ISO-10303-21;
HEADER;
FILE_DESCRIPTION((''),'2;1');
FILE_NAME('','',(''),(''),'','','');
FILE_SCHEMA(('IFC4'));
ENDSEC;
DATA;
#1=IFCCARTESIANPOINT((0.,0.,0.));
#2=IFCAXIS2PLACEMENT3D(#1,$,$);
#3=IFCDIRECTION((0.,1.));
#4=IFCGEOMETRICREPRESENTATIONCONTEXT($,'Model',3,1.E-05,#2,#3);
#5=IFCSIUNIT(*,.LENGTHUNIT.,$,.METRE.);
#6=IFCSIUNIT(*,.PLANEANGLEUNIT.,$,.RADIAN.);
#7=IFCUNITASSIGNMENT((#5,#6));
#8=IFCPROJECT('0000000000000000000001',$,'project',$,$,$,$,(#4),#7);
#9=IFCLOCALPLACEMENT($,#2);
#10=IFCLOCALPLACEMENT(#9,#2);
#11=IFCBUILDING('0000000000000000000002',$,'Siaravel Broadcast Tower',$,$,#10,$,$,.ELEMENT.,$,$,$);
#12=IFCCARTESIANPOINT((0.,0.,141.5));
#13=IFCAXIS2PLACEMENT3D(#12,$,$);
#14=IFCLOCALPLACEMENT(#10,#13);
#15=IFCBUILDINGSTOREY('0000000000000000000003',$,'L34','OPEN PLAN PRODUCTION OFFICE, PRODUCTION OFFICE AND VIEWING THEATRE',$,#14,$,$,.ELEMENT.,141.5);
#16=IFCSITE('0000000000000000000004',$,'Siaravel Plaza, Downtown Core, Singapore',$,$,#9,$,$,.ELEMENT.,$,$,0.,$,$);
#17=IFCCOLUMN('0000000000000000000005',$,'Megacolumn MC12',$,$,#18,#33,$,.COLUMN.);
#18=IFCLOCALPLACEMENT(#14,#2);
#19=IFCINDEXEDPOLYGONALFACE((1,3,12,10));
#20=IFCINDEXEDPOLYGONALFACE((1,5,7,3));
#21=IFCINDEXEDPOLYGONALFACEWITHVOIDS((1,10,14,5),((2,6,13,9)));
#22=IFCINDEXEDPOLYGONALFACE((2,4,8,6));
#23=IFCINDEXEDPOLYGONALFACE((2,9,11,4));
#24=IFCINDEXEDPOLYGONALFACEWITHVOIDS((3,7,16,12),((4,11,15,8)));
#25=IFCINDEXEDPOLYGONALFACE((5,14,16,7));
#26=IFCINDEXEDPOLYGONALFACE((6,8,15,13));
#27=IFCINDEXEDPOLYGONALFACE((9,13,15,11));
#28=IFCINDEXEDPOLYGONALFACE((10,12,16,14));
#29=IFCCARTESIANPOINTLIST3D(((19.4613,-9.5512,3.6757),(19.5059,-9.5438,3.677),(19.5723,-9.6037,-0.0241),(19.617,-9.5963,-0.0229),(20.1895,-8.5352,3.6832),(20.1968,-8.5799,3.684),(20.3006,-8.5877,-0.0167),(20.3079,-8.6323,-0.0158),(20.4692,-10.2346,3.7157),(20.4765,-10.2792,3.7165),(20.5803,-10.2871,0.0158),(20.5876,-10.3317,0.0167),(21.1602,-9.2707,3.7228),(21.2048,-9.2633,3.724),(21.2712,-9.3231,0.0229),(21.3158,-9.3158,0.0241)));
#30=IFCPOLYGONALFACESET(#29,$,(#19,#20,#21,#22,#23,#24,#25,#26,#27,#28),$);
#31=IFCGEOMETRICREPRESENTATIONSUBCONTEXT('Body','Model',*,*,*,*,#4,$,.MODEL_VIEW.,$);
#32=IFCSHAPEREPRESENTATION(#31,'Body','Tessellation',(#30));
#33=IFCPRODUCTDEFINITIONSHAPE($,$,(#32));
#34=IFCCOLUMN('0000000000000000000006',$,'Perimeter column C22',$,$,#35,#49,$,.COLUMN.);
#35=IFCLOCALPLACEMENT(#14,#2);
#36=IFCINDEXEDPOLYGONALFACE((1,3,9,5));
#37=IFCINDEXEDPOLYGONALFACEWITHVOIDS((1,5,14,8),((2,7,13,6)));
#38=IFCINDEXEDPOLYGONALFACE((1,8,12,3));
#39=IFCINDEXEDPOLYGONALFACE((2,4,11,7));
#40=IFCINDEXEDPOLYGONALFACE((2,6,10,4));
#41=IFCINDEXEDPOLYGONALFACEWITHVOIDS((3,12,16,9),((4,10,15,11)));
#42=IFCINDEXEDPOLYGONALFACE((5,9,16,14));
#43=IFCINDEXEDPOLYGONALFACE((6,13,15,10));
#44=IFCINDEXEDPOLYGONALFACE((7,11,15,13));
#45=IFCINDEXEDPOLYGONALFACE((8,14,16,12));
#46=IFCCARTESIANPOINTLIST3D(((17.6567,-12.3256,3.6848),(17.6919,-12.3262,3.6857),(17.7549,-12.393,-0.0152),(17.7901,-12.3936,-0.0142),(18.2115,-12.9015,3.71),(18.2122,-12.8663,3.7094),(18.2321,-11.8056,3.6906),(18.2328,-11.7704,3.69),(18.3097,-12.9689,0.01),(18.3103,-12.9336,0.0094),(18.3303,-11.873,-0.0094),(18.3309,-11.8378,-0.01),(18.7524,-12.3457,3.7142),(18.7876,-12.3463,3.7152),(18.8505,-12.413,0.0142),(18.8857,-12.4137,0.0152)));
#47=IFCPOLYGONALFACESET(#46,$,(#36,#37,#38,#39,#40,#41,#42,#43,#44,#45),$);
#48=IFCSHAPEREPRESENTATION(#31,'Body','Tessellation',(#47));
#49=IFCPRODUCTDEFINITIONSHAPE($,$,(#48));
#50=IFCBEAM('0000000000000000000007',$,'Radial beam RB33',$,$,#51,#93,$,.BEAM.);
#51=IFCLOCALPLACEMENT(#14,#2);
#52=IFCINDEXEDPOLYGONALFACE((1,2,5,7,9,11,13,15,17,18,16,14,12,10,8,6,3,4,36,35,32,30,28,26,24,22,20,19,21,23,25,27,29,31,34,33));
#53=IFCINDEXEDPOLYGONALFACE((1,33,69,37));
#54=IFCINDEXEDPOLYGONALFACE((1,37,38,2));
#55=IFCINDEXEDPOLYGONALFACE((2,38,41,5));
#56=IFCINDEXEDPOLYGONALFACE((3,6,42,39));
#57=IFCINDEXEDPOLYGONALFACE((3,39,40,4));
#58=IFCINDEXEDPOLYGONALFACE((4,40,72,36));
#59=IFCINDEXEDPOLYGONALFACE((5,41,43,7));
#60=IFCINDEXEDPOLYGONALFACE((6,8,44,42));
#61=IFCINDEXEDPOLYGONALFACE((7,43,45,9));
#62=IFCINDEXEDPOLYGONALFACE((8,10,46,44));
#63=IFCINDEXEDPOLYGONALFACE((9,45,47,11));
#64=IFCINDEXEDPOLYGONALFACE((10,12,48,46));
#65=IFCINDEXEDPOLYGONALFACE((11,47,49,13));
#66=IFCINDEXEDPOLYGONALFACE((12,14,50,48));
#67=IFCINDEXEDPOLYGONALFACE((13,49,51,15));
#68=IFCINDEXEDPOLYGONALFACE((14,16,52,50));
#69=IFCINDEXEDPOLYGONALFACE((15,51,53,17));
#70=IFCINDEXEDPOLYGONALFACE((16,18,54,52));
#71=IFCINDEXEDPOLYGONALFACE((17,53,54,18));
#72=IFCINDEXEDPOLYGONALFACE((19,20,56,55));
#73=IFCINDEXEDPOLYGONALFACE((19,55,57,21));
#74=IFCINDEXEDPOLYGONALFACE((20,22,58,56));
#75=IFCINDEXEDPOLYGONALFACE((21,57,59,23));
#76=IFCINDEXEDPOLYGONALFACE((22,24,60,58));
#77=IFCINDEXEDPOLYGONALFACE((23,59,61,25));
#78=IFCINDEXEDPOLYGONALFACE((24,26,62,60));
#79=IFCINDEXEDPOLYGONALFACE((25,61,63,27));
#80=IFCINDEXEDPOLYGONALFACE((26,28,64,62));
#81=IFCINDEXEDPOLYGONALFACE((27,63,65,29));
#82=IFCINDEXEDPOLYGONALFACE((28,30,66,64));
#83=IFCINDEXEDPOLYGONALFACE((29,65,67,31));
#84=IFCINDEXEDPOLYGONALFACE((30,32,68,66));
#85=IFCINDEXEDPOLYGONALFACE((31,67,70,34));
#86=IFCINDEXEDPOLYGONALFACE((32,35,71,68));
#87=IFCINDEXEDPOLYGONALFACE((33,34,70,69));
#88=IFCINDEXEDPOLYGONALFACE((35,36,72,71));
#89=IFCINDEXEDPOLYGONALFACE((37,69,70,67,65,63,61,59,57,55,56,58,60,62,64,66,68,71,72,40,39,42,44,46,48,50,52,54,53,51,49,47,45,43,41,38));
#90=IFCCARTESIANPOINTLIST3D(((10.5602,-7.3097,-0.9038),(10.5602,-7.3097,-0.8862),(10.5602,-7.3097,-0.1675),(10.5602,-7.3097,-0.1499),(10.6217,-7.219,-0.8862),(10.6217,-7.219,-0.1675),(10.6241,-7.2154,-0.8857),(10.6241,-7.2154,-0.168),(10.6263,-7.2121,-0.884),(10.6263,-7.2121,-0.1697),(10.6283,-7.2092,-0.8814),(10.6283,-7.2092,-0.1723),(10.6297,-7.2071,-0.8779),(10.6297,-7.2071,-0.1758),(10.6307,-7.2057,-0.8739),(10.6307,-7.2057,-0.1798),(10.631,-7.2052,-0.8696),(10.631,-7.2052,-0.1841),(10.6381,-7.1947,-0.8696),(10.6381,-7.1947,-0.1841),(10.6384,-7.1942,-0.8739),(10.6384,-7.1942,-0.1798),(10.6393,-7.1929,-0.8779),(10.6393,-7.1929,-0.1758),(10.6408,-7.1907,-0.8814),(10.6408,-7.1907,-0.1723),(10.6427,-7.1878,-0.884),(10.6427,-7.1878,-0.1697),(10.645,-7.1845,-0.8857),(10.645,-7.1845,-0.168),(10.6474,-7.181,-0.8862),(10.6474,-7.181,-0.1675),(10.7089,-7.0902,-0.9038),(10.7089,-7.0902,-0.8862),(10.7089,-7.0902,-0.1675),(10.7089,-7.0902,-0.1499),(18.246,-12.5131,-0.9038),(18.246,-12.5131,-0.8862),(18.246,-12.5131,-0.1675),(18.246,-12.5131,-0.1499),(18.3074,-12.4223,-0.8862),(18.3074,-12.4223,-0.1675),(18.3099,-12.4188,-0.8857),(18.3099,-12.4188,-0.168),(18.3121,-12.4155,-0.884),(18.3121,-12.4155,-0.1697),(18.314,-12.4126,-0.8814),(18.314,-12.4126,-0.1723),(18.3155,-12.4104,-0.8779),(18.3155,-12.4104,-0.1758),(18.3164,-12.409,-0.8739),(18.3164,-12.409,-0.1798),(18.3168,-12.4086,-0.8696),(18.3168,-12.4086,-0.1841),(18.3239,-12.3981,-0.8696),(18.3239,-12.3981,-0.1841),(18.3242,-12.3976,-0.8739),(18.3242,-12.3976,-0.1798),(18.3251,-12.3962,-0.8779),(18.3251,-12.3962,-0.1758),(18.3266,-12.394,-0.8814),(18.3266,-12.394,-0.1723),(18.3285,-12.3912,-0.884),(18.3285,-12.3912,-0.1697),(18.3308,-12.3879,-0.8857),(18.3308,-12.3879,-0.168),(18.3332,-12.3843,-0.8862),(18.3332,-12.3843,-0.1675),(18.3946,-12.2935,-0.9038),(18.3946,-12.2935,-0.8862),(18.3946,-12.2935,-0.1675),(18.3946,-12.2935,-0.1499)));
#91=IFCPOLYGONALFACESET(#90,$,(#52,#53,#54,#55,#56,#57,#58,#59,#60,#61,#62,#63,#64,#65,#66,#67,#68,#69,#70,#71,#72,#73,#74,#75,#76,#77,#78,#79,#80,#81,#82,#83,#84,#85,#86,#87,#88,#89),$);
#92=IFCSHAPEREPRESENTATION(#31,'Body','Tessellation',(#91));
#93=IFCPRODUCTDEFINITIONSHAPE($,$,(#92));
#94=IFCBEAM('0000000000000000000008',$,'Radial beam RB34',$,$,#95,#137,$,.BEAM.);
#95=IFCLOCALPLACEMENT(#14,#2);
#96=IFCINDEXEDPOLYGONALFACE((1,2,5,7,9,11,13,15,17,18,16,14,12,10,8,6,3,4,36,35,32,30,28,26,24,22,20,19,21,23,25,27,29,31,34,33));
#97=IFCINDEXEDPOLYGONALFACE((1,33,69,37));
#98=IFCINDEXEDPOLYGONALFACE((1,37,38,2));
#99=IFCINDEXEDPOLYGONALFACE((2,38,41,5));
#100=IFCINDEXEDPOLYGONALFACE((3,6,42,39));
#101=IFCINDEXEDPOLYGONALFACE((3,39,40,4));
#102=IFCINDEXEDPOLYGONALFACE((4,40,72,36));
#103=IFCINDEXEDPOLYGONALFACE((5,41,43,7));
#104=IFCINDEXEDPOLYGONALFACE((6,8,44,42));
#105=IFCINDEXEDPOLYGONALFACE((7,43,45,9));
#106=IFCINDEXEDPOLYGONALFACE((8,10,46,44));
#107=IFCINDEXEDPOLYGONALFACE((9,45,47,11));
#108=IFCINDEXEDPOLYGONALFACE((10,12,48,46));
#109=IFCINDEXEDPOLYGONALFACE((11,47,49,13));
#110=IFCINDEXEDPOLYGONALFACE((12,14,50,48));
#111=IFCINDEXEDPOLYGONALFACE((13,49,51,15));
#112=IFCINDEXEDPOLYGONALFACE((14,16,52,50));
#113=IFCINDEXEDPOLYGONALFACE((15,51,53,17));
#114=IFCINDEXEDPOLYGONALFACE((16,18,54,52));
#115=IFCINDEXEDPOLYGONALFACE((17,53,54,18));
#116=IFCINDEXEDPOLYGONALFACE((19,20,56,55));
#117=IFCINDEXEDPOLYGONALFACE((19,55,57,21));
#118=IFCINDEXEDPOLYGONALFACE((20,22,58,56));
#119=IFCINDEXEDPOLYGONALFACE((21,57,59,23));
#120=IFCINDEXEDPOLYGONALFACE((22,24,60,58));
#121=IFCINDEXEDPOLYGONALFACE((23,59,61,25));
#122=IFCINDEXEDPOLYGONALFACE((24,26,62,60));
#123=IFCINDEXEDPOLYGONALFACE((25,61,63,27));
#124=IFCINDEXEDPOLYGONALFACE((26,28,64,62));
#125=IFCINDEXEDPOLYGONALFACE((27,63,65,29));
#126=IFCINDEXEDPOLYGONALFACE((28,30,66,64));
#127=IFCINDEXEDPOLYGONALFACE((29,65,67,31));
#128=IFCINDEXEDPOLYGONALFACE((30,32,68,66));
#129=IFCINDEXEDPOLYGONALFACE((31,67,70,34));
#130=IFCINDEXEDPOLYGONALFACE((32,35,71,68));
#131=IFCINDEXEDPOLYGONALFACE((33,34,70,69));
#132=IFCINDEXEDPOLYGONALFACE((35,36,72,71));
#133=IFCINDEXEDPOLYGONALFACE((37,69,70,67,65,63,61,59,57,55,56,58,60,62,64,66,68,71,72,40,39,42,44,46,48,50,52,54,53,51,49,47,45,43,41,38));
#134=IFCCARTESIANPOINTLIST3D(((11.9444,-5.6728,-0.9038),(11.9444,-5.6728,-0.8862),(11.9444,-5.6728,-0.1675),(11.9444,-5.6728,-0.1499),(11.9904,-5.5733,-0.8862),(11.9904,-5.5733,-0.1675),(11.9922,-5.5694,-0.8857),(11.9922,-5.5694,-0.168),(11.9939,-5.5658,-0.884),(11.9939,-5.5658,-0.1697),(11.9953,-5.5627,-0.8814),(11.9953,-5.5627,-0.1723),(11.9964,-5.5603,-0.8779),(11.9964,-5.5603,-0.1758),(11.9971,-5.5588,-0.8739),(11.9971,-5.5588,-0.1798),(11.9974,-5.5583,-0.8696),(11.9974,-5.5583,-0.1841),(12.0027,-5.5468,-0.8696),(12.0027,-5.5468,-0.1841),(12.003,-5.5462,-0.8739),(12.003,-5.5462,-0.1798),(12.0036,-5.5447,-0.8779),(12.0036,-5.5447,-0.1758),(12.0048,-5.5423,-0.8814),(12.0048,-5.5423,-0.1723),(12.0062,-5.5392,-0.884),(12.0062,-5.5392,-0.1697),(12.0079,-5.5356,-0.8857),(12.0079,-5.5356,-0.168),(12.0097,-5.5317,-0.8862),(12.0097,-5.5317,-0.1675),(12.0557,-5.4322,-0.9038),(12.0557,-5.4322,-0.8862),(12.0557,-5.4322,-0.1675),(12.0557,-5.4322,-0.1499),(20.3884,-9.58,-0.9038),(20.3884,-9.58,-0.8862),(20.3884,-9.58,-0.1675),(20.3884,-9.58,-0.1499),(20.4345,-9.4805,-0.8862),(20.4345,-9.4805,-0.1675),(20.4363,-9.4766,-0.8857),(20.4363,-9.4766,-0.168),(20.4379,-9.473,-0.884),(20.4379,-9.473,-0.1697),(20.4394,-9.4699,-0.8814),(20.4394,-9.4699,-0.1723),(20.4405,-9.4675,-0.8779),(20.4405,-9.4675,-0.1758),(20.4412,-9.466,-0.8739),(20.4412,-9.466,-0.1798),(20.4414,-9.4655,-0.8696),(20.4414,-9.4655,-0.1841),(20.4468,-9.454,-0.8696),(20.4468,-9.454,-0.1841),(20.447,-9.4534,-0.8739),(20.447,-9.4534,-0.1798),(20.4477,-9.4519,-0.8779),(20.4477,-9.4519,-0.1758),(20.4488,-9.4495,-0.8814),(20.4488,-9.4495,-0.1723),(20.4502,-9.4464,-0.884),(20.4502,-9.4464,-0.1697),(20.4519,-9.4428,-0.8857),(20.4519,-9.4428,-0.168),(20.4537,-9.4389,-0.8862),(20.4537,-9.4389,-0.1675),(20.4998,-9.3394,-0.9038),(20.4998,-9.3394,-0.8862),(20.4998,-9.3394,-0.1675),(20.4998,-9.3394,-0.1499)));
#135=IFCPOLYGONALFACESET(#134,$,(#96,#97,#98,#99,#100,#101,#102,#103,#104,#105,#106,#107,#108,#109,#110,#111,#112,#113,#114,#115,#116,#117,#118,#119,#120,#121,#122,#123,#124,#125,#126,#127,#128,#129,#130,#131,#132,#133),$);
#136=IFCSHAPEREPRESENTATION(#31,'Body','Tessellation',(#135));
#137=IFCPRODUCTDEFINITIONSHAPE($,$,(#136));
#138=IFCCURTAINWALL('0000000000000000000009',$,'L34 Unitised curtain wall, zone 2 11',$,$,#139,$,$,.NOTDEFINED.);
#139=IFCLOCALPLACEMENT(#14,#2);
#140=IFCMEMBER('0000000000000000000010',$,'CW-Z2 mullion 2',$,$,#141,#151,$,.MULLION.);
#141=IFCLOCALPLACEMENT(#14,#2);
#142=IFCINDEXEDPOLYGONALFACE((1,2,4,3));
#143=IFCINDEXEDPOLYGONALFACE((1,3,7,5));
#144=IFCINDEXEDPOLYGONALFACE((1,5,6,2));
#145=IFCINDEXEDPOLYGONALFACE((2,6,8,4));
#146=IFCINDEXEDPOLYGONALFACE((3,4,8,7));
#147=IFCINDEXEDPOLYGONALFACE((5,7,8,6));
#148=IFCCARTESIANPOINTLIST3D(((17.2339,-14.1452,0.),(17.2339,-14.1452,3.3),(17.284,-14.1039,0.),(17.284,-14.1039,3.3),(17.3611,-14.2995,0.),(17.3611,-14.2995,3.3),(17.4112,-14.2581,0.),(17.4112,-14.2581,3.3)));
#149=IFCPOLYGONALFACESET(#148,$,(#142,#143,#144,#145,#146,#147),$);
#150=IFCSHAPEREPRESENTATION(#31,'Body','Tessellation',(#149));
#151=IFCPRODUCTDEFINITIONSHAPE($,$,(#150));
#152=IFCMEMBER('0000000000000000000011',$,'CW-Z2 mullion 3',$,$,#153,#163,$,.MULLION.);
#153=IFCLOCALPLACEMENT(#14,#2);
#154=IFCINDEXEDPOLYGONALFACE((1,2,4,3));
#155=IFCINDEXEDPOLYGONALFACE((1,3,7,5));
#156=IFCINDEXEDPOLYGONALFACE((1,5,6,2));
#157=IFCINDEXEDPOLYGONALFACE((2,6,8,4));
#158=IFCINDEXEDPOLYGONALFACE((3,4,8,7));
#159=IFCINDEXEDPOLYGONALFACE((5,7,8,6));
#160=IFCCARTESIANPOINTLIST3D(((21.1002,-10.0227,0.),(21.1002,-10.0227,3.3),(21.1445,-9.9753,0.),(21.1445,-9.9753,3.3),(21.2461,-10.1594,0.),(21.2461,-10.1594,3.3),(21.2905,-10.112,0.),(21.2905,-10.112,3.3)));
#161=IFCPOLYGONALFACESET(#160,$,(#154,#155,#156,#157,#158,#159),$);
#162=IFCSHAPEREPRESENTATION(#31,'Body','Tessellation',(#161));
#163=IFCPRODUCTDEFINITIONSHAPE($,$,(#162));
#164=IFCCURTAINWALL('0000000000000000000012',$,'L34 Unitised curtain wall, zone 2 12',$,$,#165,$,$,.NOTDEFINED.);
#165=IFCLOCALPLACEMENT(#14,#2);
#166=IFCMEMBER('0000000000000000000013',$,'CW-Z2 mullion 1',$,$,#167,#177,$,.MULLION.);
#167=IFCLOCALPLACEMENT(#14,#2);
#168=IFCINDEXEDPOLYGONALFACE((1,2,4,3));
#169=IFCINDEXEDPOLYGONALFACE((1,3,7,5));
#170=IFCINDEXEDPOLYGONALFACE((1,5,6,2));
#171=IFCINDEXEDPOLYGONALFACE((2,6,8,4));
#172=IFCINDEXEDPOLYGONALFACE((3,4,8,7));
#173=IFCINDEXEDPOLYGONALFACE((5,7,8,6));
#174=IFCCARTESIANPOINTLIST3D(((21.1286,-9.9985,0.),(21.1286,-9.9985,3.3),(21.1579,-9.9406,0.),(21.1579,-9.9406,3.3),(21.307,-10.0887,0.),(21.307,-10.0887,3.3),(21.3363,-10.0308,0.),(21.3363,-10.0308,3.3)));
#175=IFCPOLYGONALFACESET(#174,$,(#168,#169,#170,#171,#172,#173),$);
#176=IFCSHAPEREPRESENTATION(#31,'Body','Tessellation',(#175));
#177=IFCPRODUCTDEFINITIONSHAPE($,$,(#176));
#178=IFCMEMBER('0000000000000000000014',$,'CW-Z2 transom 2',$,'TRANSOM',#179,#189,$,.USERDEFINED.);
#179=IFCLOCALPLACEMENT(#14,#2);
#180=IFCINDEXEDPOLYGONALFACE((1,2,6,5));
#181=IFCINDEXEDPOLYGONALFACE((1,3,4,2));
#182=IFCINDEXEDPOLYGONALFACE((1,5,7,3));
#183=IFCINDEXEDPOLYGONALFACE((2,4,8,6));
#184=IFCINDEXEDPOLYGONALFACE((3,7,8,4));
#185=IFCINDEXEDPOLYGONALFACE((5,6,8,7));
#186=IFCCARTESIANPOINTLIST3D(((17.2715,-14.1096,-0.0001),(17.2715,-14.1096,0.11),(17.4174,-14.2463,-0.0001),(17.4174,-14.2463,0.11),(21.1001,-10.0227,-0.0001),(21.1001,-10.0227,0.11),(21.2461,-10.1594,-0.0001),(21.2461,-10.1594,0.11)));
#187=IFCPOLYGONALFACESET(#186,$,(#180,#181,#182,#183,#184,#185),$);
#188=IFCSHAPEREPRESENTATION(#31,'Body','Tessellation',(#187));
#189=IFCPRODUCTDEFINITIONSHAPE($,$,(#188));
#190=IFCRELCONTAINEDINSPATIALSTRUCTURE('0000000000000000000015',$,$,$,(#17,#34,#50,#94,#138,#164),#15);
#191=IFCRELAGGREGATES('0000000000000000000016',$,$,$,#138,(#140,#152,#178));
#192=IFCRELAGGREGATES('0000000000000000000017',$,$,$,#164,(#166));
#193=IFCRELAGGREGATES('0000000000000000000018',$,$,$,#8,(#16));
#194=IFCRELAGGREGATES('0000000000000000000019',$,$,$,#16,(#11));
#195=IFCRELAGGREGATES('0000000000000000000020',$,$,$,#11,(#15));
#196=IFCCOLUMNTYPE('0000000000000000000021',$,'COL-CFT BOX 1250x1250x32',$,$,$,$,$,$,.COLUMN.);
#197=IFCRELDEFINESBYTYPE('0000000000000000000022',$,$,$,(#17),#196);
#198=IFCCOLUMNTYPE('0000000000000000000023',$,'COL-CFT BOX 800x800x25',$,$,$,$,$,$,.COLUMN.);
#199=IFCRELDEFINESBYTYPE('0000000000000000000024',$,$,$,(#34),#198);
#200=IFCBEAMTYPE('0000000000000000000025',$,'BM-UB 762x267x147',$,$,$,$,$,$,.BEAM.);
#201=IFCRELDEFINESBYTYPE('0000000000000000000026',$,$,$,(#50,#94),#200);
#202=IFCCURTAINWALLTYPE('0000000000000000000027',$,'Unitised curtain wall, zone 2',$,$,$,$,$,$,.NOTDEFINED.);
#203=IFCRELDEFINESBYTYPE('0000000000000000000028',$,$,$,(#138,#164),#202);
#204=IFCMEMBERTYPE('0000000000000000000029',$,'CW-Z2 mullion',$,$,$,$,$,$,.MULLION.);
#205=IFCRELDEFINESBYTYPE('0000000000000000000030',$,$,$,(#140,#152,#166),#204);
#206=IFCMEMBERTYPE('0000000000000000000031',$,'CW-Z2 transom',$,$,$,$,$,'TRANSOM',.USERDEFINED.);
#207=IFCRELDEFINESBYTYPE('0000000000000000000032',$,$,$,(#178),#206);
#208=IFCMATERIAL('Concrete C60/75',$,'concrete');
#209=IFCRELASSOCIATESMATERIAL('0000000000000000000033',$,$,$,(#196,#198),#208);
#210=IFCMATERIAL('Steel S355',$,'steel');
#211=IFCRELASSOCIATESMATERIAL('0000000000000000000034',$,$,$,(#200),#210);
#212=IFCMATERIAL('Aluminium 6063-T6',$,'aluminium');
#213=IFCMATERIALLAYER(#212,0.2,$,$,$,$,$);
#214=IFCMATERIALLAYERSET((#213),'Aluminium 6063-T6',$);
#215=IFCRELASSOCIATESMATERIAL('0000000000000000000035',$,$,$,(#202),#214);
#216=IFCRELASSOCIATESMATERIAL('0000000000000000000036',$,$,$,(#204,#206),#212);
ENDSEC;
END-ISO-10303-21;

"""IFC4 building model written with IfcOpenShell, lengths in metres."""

from ifc_helpers import new_model, si_unit, direction, frame, origin, origin_2d, place, context, subcontext, project, spatial, rectangle, hollow_rectangle, i_section, extrude, material, layer, layer_set, material_profile, profile_set, type_object, element, aggregate, save


model = new_model("IFC4")

# Units and contexts
model_context = context("Model", 3, precision=1e-05, world=origin(), true_north=direction((0.0, 1.0)))
body_context = subcontext(model_context, "Body", "Model", "MODEL_VIEW")
ifc_project = project(units=[si_unit("LENGTHUNIT", "METRE"), si_unit("PLANEANGLEUNIT", "RADIAN")], contexts=[model_context])

# Site, building, storey
site_placement = place(None, origin())
site = spatial("IfcSite", under=ifc_project, at=site_placement, Name="Siaravel Plaza, Downtown Core, Singapore", CompositionType="ELEMENT", RefElevation=0.0)
building_placement = place(site_placement, origin())
building = spatial("IfcBuilding", under=site, at=building_placement, Name="Siaravel Broadcast Tower", CompositionType="ELEMENT")
storey_placement = place(building_placement, frame((0.0, 0.0, 141.5)))
storey = spatial("IfcBuildingStorey", under=building, at=storey_placement, Name="L34", Description="OPEN PLAN PRODUCTION OFFICE, PRODUCTION OFFICE AND VIEWING THEATRE", CompositionType="ELEMENT", Elevation=141.5)

# Columns
ifc_material_1 = material(Name="Concrete C60/75", Category="concrete")
ifc_material_profile_1 = material_profile(ifc_material_1, hollow_rectangle(XDim=1.25, YDim=1.25, WallThickness=0.032, at=origin_2d()))
ifc_profile_set_1 = profile_set([ifc_material_profile_1], Name="Concrete C60/75")
column_type_1 = type_object("IfcColumnType", Name="COL-CFT BOX 1250x1250x32", PredefinedType="COLUMN", material=ifc_profile_set_1)
column_1_placement = place(storey_placement, frame((20.4441, -9.4597, 0.0), z_axis=(-0.030007, 0.014179, 0.999449), x_axis=(-0.582587, -0.812746, -0.005961)))
element("IfcColumn", 1, at=column_1_placement, inside=storey, type_object=column_type_1, Name="Megacolumn MC12", PredefinedType="COLUMN", context=body_context, shape_type="SweptSolid", body=[
    extrude(hollow_rectangle(XDim=1.25, YDim=1.25, WallThickness=0.032, at=origin_2d()), origin(), (0.0, 0.0, 1.0), 3.7019),
])
ifc_material_profile_2 = material_profile(ifc_material_1, hollow_rectangle(XDim=0.8, YDim=0.8, WallThickness=0.0249, at=origin_2d()))
ifc_profile_set_2 = profile_set([ifc_material_profile_2], Name="Concrete C60/75")
column_type_2 = type_object("IfcColumnType", Name="COL-CFT BOX 800x800x25", PredefinedType="COLUMN", material=ifc_profile_set_2)
column_2_placement = place(storey_placement, frame((18.3203, -12.4033, 0.0), z_axis=(-0.026512, 0.018202, 0.999483), x_axis=(-0.72002, -0.693923, -0.006462)))
element("IfcColumn", 2, at=column_2_placement, inside=storey, type_object=column_type_2, Name="Perimeter column C22", PredefinedType="COLUMN", context=body_context, shape_type="SweptSolid", body=[
    extrude(hollow_rectangle(XDim=0.8, YDim=0.8, WallThickness=0.0249, at=origin_2d()), origin(), (0.0, 0.0, 1.0), 3.7019),
])

# Beams
ifc_material_2 = material(Name="Steel S355", Category="steel")
ifc_material_profile_3 = material_profile(ifc_material_2, i_section(OverallWidth=0.2651, OverallDepth=0.7539, WebThickness=0.0127, FlangeThickness=0.0176, FilletRadius=0.0166, at=origin_2d()))
ifc_profile_set_3 = profile_set([ifc_material_profile_3], Name="Steel S355")
beam_type = type_object("IfcBeamType", Name="BM-UB 762x267x147", PredefinedType="BEAM", material=ifc_profile_set_3)
beam_1_placement = place(storey_placement, frame((18.3203, -12.4033, -0.5269), z_axis=(-0.828075, 0.560617, 0.0), x_axis=(-0.560617, -0.828075, 0.0)))
element("IfcBeam", 3, at=beam_1_placement, inside=storey, type_object=beam_type, Name="Radial beam RB33", PredefinedType="BEAM", context=body_context, shape_type="SweptSolid", body=[
    extrude(i_section(OverallWidth=0.2651, OverallDepth=0.7539, WebThickness=0.0127, FlangeThickness=0.0176, FilletRadius=0.0166, at=origin_2d()), origin(), (0.0, 0.0, 1.0), 9.2815),
])
beam_2_placement = place(storey_placement, frame((20.4441, -9.4597, -0.5269), z_axis=(-0.907552, 0.41994, 0.0), x_axis=(-0.41994, -0.907552, 0.0)))
element("IfcBeam", 4, at=beam_2_placement, inside=storey, type_object=beam_type, Name="Radial beam RB34", PredefinedType="BEAM", context=body_context, shape_type="SweptSolid", body=[
    extrude(i_section(OverallWidth=0.2651, OverallDepth=0.7539, WebThickness=0.0127, FlangeThickness=0.0176, FilletRadius=0.0166, at=origin_2d()), origin(), (0.0, 0.0, 1.0), 9.3042),
])

# Curtain wall, members
ifc_material_3 = material(Name="Aluminium 6063-T6", Category="aluminium")
ifc_layer_1 = layer(ifc_material_3, 0.2)
ifc_layer_set_1 = layer_set([ifc_layer_1], Name="Aluminium 6063-T6")
curtain_wall_type = type_object("IfcCurtainWallType", Name="Unitised curtain wall, zone 2", PredefinedType="NOTDEFINED", material=ifc_layer_set_1)
curtain_wall_1_placement = place(storey_placement, origin())
curtain_wall_1 = element("IfcCurtainWall", 5, at=curtain_wall_1_placement, inside=storey, type_object=curtain_wall_type, Name="L34 Unitised curtain wall, zone 2 11", PredefinedType="NOTDEFINED")
ifc_material_profile_4 = material_profile(ifc_material_3, rectangle(XDim=0.2, YDim=0.0649, at=origin_2d()))
ifc_profile_set_4 = profile_set([ifc_material_profile_4], Name="Aluminium 6063-T6")
member_type_1 = type_object("IfcMemberType", Name="CW-Z2 mullion", PredefinedType="MULLION", material=ifc_profile_set_4)
member_1_placement = place(storey_placement, frame((17.3225, -14.2017, 0.0), z_axis=(0.0, 0.0, 1.0), x_axis=(-0.636219, 0.771508, 0.0)))
member_1 = element("IfcMember", 6, at=member_1_placement, type_object=member_type_1, Name="CW-Z2 mullion 2", PredefinedType="MULLION", context=body_context, shape_type="SweptSolid", body=[
    extrude(rectangle(XDim=0.2, YDim=0.0649, at=origin_2d()), origin(), (0.0, 0.0, 1.0), 3.3),
])
member_2_placement = place(storey_placement, frame((21.1953, -10.0674, 0.0), z_axis=(0.0, 0.0, 1.0), x_axis=(-0.729806, 0.683655, 0.0)))
member_2 = element("IfcMember", 7, at=member_2_placement, type_object=member_type_1, Name="CW-Z2 mullion 3", PredefinedType="MULLION", context=body_context, shape_type="SweptSolid", body=[
    extrude(rectangle(XDim=0.2, YDim=0.0649, at=origin_2d()), origin(), (0.0, 0.0, 1.0), 3.3),
])

# Curtain wall, member
curtain_wall_2_placement = place(storey_placement, origin())
curtain_wall_2 = element("IfcCurtainWall", 8, at=curtain_wall_2_placement, inside=storey, type_object=curtain_wall_type, Name="L34 Unitised curtain wall, zone 2 12", PredefinedType="NOTDEFINED")
member_3_placement = place(storey_placement, frame((21.2324, -10.0146, 0.0), z_axis=(0.0, 0.0, 1.0), x_axis=(-0.892392, 0.45126, 0.0)))
member_3 = element("IfcMember", 9, at=member_3_placement, type_object=member_type_1, Name="CW-Z2 mullion 1", PredefinedType="MULLION", context=body_context, shape_type="SweptSolid", body=[
    extrude(rectangle(XDim=0.2, YDim=0.0649, at=origin_2d()), origin(), (0.0, 0.0, 1.0), 3.3),
])

# Member
ifc_material_profile_5 = material_profile(ifc_material_3, rectangle(XDim=0.2, YDim=0.1101, at=origin_2d()))
ifc_profile_set_5 = profile_set([ifc_material_profile_5], Name="Aluminium 6063-T6")
member_type_2 = type_object("IfcMemberType", Name="CW-Z2 transom", ElementType="TRANSOM", PredefinedType="USERDEFINED", material=ifc_profile_set_5)
member_4_placement = place(storey_placement, frame((17.3445, -14.178, 0.0549), z_axis=(0.683668, 0.729793, 0.0), x_axis=(-0.729793, 0.683668, 0.0)))
member_4 = element("IfcMember", 10, at=member_4_placement, type_object=member_type_2, Name="CW-Z2 transom 2", ObjectType="TRANSOM", PredefinedType="USERDEFINED", context=body_context, shape_type="SweptSolid", body=[
    extrude(rectangle(XDim=0.2, YDim=0.1101, at=origin_2d()), origin(), (0.0, 0.0, 1.0), 5.6001),
])

aggregate(curtain_wall_1, [member_1, member_2, member_4])
aggregate(curtain_wall_2, [member_3])

save(model, "model.ifc")
